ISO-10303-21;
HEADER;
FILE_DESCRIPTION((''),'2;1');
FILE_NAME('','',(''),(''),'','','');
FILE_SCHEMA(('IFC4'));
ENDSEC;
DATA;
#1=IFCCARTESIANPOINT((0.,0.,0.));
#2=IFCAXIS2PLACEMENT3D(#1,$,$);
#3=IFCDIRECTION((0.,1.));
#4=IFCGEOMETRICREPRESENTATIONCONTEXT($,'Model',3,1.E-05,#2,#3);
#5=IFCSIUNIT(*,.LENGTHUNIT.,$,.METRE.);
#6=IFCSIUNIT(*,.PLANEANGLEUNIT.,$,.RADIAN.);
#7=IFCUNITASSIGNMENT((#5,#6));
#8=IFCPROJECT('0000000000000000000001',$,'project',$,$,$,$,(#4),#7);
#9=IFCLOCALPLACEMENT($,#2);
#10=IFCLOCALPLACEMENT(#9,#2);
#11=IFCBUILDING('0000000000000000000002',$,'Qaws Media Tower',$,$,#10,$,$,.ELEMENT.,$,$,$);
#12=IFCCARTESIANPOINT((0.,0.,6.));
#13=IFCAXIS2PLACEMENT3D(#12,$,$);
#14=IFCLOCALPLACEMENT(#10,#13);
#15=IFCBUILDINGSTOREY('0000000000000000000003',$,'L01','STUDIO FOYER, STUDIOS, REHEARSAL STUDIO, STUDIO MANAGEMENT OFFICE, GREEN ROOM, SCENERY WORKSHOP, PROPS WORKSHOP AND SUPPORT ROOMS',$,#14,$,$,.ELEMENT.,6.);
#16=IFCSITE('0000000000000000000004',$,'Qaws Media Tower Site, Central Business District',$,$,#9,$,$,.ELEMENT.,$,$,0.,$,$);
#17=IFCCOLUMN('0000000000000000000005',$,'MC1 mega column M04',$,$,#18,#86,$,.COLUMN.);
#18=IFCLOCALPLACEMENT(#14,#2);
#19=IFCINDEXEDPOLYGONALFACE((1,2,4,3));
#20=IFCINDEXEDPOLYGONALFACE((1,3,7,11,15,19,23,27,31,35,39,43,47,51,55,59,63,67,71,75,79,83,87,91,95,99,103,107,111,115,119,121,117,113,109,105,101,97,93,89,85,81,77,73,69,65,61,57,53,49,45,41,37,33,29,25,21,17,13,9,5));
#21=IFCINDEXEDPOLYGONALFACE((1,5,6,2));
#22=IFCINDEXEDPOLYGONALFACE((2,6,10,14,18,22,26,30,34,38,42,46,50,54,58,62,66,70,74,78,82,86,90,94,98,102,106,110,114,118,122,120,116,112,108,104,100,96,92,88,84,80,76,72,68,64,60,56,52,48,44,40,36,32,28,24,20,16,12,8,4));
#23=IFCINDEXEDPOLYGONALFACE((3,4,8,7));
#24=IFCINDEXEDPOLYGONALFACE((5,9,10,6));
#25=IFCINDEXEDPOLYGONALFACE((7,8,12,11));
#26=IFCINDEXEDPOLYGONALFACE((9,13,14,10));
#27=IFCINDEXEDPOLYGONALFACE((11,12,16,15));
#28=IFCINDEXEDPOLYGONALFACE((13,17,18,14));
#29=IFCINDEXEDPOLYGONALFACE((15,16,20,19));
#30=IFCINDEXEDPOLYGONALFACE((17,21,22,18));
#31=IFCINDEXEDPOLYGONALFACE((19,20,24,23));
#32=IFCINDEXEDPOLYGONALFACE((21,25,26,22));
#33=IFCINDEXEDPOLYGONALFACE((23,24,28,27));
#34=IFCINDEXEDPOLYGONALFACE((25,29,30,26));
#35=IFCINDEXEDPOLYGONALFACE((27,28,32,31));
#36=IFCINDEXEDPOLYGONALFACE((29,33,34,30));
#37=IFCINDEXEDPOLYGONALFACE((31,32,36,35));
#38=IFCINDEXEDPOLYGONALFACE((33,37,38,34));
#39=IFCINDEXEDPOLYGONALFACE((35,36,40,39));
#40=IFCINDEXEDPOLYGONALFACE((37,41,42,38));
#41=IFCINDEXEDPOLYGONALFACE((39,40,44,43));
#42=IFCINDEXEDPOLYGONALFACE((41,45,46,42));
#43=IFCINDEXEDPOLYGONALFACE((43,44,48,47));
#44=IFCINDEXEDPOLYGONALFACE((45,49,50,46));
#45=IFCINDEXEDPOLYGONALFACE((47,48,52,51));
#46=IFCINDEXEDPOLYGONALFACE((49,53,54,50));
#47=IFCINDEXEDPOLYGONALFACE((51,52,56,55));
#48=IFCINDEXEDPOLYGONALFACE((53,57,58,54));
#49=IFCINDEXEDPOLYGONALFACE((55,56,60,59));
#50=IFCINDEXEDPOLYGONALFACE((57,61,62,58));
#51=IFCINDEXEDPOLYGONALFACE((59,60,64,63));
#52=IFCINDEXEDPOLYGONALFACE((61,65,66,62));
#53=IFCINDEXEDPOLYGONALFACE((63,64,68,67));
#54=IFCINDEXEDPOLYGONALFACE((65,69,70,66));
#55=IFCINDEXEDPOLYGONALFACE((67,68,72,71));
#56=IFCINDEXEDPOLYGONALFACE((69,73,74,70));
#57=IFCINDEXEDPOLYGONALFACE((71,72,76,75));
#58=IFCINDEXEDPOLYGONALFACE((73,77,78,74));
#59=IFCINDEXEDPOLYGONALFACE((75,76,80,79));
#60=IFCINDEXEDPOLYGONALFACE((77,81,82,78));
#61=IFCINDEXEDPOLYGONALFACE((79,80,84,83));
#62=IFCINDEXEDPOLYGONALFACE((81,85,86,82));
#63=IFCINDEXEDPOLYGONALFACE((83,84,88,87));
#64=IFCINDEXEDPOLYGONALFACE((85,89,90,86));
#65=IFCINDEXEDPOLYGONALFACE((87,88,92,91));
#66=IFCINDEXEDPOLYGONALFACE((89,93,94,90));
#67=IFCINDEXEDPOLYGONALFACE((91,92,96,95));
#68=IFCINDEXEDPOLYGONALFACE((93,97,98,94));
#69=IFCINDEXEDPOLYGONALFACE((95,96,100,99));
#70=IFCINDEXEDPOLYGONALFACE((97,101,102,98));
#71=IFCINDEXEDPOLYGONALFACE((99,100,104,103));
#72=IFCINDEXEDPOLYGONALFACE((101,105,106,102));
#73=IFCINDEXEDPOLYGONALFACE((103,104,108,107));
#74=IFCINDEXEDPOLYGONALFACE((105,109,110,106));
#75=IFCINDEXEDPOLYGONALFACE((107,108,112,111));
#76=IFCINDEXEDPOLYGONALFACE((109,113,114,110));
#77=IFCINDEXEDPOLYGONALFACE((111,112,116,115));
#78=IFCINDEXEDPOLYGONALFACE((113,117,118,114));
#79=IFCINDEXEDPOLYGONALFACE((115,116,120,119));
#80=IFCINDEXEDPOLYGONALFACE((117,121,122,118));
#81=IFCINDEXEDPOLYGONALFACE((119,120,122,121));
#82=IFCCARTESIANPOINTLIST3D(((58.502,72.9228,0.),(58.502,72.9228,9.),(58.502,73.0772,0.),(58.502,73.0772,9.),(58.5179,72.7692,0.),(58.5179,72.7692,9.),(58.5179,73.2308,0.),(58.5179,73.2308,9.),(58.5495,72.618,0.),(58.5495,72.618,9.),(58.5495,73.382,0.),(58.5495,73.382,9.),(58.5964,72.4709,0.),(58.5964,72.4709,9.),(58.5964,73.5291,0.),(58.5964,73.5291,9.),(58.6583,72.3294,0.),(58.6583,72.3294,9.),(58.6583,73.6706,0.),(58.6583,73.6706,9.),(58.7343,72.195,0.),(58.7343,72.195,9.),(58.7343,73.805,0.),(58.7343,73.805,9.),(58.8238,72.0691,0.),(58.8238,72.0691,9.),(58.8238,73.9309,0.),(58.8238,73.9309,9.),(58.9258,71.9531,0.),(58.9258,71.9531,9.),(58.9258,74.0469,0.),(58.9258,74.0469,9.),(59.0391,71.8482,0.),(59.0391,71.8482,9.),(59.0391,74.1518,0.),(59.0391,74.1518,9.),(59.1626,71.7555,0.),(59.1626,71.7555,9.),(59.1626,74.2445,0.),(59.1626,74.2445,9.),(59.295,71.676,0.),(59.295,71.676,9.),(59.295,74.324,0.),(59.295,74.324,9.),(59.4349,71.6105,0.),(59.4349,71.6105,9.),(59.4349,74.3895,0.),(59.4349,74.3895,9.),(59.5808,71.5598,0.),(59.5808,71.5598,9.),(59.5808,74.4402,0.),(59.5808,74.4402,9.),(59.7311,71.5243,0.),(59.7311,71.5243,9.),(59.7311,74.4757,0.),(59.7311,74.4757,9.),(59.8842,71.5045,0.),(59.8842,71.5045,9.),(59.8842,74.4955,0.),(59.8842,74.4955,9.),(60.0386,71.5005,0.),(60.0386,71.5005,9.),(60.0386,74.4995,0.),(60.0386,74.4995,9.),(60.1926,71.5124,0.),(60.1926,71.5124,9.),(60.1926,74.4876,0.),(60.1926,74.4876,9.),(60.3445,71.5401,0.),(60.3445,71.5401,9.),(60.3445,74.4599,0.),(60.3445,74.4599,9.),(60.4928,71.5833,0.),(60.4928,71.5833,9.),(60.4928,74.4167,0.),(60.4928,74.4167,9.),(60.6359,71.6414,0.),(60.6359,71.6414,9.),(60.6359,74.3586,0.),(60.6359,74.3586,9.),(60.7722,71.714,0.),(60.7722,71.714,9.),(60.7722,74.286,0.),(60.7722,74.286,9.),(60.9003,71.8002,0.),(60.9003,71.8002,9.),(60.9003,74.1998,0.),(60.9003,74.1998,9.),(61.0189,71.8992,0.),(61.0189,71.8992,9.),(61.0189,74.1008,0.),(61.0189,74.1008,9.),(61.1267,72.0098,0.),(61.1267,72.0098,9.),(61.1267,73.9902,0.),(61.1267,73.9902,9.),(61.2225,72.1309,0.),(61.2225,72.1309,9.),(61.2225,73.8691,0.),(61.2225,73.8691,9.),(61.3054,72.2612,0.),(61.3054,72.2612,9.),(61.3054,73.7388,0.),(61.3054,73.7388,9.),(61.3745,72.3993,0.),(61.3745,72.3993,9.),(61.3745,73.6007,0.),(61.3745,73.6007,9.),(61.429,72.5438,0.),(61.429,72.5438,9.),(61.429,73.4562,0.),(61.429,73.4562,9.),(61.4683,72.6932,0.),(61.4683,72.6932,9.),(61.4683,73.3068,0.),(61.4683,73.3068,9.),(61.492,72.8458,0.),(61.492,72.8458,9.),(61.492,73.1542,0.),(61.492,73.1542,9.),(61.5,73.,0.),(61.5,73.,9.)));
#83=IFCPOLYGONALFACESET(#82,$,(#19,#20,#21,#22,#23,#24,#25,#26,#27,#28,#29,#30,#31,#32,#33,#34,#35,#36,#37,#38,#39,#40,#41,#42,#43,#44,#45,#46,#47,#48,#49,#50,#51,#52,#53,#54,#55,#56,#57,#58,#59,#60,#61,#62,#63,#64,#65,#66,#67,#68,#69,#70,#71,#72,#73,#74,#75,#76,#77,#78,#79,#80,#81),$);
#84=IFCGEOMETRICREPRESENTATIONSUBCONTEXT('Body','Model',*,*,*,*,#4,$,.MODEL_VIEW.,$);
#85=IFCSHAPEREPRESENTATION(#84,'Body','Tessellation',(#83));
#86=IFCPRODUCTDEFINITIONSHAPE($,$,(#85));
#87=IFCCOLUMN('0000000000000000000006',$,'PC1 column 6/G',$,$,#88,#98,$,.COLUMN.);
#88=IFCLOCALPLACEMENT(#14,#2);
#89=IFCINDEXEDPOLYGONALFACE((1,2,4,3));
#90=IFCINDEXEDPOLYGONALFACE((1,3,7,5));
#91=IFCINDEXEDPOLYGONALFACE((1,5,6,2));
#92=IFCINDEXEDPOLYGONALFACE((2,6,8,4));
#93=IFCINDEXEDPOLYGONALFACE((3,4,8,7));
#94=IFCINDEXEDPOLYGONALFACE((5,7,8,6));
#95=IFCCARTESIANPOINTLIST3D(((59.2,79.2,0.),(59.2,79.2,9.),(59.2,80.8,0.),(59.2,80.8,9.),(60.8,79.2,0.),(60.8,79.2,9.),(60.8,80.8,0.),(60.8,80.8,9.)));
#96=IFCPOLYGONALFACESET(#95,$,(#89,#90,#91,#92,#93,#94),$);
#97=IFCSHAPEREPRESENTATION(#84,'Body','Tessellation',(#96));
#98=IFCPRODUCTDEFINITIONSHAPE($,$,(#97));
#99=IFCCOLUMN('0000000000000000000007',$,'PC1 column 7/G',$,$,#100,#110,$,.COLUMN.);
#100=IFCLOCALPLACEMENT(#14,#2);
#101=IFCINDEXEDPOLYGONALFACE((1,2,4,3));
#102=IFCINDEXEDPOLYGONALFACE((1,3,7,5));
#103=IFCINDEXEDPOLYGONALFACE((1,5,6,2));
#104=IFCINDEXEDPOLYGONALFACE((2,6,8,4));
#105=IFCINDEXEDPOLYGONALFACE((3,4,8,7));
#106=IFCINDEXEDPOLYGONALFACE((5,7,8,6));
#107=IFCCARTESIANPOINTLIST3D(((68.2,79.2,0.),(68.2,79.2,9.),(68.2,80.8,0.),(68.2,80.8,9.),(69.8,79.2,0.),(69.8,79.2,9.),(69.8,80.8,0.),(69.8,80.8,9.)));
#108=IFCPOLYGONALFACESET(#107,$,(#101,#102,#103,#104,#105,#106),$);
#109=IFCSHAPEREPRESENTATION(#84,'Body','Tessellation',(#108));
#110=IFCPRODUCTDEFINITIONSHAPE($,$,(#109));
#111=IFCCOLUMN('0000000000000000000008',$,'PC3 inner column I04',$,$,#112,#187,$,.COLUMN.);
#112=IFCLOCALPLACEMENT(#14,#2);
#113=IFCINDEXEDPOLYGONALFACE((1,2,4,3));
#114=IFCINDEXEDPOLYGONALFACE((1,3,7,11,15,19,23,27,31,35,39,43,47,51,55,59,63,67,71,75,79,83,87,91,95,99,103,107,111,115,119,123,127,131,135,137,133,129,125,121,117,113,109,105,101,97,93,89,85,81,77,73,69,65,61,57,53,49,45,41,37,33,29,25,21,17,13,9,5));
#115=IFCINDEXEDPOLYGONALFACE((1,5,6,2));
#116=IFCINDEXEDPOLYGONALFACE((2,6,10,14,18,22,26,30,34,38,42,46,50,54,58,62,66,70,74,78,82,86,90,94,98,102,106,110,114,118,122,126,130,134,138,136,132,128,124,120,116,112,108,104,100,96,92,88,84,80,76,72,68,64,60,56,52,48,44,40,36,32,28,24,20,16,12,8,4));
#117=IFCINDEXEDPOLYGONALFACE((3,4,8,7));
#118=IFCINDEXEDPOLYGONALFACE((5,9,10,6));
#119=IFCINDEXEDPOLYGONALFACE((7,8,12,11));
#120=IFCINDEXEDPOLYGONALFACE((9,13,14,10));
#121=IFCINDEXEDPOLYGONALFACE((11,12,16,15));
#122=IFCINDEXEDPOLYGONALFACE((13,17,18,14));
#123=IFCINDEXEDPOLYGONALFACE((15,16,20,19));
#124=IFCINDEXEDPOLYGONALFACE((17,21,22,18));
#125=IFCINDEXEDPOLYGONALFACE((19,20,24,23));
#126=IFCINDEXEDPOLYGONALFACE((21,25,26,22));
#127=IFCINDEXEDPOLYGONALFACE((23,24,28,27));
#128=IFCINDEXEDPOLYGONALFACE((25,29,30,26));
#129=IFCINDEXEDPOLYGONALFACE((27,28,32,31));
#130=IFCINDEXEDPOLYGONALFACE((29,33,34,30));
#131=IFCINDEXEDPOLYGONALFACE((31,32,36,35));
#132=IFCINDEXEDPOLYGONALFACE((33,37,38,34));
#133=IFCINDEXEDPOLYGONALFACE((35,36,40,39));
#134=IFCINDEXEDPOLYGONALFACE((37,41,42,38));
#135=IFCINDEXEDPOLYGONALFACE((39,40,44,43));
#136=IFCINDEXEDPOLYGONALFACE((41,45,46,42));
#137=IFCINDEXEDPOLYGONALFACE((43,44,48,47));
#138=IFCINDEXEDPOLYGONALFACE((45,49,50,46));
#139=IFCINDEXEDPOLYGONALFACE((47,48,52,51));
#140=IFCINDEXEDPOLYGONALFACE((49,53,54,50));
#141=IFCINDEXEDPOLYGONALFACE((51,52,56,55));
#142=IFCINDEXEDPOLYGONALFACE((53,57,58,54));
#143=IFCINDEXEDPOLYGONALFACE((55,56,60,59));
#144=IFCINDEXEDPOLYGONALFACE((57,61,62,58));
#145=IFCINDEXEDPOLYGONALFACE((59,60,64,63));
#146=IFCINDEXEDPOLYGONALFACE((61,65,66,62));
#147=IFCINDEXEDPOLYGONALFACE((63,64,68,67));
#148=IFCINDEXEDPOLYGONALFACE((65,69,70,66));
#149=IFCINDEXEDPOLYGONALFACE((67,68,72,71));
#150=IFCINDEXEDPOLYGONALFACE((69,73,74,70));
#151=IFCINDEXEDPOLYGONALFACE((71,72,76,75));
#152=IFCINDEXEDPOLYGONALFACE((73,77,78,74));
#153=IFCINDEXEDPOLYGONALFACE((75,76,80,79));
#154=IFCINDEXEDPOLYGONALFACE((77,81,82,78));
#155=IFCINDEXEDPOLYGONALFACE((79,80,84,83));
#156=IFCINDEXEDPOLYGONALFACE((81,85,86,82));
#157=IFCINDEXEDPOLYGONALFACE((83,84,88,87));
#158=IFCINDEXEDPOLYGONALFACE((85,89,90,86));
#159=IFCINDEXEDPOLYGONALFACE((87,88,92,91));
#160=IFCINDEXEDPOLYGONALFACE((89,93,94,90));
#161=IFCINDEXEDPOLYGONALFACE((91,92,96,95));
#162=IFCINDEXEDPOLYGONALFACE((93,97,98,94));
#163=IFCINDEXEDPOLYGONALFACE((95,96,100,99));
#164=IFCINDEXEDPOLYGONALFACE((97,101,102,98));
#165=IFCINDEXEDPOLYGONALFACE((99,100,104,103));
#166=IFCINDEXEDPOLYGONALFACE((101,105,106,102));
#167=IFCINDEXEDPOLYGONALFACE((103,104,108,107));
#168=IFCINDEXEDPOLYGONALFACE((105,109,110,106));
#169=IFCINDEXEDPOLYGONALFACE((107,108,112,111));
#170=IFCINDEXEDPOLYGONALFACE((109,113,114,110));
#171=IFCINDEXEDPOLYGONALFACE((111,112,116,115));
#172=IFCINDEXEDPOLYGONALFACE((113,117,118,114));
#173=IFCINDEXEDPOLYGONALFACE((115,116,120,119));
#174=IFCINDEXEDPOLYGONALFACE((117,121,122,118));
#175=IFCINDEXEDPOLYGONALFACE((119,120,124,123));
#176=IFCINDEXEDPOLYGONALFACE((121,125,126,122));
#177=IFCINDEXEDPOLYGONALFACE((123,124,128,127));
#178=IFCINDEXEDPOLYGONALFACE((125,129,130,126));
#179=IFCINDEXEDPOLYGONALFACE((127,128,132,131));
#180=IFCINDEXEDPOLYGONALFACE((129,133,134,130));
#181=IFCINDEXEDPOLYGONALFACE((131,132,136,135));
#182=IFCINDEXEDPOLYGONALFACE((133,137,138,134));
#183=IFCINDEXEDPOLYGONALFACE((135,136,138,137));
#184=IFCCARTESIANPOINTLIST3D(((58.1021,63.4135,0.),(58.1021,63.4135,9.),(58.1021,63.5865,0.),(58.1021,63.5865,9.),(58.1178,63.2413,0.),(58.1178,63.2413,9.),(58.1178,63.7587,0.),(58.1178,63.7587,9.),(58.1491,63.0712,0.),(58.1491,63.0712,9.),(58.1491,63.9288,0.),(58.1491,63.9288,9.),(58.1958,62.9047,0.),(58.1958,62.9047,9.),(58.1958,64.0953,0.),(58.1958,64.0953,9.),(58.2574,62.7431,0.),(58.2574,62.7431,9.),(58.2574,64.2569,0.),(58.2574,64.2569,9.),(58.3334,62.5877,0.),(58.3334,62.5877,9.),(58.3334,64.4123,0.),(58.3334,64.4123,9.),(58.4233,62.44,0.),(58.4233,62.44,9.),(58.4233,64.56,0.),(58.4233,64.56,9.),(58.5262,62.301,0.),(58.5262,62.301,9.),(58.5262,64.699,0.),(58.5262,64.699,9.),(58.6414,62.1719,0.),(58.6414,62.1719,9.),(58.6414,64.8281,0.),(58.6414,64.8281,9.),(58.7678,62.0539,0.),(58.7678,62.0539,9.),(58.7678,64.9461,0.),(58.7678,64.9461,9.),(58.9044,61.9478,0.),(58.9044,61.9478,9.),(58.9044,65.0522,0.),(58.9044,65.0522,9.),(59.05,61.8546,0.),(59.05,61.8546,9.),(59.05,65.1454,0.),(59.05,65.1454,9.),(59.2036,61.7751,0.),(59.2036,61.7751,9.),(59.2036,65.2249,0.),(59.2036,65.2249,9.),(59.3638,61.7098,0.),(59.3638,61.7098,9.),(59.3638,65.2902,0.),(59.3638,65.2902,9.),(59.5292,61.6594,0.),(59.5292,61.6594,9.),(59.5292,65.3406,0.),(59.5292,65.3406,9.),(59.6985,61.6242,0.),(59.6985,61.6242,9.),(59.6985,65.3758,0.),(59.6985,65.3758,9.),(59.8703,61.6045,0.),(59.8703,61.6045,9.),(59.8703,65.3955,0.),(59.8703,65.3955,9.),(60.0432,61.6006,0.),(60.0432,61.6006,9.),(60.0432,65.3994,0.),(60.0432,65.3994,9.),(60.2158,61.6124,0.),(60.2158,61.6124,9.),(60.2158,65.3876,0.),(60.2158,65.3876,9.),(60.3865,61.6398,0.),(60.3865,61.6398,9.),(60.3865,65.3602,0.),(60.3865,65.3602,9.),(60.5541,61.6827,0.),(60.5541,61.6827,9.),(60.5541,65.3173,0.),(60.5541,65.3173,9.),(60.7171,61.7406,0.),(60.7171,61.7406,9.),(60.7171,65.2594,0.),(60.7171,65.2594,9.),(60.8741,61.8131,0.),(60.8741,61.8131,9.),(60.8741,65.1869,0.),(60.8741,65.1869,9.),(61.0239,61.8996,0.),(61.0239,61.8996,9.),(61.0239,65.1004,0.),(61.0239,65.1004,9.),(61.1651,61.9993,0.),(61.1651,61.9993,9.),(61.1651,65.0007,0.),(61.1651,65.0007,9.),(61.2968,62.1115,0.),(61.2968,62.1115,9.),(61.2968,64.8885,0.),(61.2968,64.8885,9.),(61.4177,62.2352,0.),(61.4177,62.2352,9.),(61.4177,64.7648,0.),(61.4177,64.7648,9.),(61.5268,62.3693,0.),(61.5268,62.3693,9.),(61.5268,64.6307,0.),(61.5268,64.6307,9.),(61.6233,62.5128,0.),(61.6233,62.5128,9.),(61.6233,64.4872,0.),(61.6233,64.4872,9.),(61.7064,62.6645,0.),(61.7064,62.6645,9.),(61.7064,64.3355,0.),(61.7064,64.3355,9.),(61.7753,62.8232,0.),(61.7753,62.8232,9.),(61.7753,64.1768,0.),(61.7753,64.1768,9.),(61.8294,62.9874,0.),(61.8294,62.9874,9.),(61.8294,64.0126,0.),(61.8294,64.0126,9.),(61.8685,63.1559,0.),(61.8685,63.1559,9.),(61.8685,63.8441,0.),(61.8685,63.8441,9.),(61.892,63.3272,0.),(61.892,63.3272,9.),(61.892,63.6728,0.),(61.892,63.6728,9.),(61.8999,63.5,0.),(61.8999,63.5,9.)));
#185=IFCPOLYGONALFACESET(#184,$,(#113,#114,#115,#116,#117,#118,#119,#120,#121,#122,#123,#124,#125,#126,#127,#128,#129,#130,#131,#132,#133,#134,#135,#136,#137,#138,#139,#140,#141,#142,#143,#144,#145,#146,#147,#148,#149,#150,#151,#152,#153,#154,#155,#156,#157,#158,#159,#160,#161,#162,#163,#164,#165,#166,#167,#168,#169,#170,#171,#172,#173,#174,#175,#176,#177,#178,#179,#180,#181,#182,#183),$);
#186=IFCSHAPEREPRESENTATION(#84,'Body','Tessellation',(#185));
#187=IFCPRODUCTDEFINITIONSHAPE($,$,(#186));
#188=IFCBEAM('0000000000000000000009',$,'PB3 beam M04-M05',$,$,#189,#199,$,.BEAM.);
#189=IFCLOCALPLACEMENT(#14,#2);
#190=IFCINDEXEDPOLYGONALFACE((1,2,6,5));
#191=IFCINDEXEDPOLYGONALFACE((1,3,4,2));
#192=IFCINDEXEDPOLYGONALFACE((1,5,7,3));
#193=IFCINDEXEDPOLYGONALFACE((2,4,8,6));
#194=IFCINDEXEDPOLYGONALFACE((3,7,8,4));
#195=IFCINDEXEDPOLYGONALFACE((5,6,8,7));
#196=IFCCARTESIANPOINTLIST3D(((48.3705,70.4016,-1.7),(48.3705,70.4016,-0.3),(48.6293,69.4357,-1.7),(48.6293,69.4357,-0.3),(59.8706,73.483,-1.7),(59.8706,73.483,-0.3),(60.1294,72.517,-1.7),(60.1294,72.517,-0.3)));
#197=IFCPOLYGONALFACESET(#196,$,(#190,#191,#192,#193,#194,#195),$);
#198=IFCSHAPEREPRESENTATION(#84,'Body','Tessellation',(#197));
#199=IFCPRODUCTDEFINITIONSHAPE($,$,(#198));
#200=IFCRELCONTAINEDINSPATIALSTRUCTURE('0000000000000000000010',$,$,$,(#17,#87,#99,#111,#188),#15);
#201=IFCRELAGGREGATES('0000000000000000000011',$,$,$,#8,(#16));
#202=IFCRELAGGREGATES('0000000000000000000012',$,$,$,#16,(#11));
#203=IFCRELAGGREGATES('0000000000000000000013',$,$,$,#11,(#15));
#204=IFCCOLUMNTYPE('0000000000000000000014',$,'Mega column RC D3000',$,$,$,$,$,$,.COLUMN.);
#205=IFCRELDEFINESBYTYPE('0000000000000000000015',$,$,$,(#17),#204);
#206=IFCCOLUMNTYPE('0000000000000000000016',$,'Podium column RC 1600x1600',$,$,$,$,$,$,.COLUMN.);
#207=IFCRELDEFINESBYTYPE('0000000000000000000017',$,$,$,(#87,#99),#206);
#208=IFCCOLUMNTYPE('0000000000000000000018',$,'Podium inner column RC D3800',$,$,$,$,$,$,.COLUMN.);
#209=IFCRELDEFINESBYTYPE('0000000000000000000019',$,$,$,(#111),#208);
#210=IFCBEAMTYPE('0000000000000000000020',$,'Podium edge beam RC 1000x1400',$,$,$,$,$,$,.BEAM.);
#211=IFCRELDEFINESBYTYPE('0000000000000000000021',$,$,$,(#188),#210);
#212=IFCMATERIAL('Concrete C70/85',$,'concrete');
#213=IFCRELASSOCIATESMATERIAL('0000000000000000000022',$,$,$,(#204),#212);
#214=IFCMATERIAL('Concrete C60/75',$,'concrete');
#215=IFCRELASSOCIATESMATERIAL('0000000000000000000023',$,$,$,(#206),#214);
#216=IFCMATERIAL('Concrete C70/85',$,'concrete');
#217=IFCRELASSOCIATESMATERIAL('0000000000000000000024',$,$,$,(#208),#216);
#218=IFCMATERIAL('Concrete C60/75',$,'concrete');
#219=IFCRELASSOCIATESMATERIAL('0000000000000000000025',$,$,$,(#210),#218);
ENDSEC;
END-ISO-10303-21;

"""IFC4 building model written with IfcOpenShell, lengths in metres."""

from ifc_helpers import new_model, si_unit, direction, frame, origin, origin_2d, place, context, subcontext, project, spatial, rectangle, circle, extrude, material, material_profile, profile_set, type_object, element, save


model = new_model("IFC4")

# Units and contexts
model_context = context("Model", 3, precision=1e-05, world=origin(), true_north=direction((0.0, 1.0)))
body_context = subcontext(model_context, "Body", "Model", "MODEL_VIEW")
ifc_project = project(units=[si_unit("LENGTHUNIT", "METRE"), si_unit("PLANEANGLEUNIT", "RADIAN")], contexts=[model_context])

# Site, building, storey
site_placement = place(None, origin())
site = spatial("IfcSite", under=ifc_project, at=site_placement, Name="Qaws Media Tower Site, Central Business District", CompositionType="ELEMENT", RefElevation=0.0)
building_placement = place(site_placement, origin())
building = spatial("IfcBuilding", under=site, at=building_placement, Name="Qaws Media Tower", CompositionType="ELEMENT")
storey_placement = place(building_placement, frame((0.0, 0.0, 6.0)))
storey = spatial("IfcBuildingStorey", under=building, at=storey_placement, Name="L01", Description="STUDIO FOYER, STUDIOS, REHEARSAL STUDIO, STUDIO MANAGEMENT OFFICE, GREEN ROOM, SCENERY WORKSHOP, PROPS WORKSHOP AND SUPPORT ROOMS", CompositionType="ELEMENT", Elevation=6.0)

# Columns
ifc_material_1 = material(Name="Concrete C70/85", Category="concrete")
ifc_material_profile_1 = material_profile(ifc_material_1, circle(Radius=1.5, at=origin_2d()), Name="RC D3000")
ifc_profile_set_1 = profile_set([ifc_material_profile_1], Name="Concrete C70/85")
column_type_1 = type_object("IfcColumnType", Name="Mega column RC D3000", PredefinedType="COLUMN", material=ifc_profile_set_1)
column_1_placement = place(storey_placement, frame((60.0, 73.0, 0.0), z_axis=(0.0, 0.0, 1.0), x_axis=(1.0, 0.0, 0.0)))
element("IfcColumn", 1, at=column_1_placement, inside=storey, type_object=column_type_1, Name="MC1 mega column M04", PredefinedType="COLUMN", context=body_context, shape_type="SweptSolid", body=[
    extrude(circle(Radius=1.5, at=origin_2d()), origin(), (0.0, 0.0, 1.0), 9.0),
])
ifc_material_2 = material(Name="Concrete C60/75", Category="concrete")
ifc_material_profile_2 = material_profile(ifc_material_2, rectangle(XDim=1.6001, YDim=1.6001, at=origin_2d()), Name="RC 1600x1600")
ifc_profile_set_2 = profile_set([ifc_material_profile_2], Name="Concrete C60/75")
column_type_2 = type_object("IfcColumnType", Name="Podium column RC 1600x1600", PredefinedType="COLUMN", material=ifc_profile_set_2)
for number, where, z_axis, x_axis, name in (
    (2, (60.0, 80.0, 0.0), (0.0, 0.0, 1.0), (1.0, 0.0, 0.0), "PC1 column 6/G"),
    (3, (69.0, 80.0, 0.0), (0.0, 0.0, 1.0), (1.0, 0.0, 0.0), "PC1 column 7/G"),
):
    element("IfcColumn", number, at=place(storey_placement, frame(where, z_axis=z_axis, x_axis=x_axis)), inside=storey, type_object=column_type_2, Name=name, PredefinedType="COLUMN", context=body_context, shape_type="SweptSolid", body=[
        extrude(rectangle(XDim=1.6001, YDim=1.6001, at=origin_2d()), origin(), (0.0, 0.0, 1.0), 9.0),
    ])
ifc_material_3 = material(Name="Concrete C70/85", Category="concrete")
ifc_material_profile_3 = material_profile(ifc_material_3, circle(Radius=1.8999, at=origin_2d()), Name="RC D3800")
ifc_profile_set_3 = profile_set([ifc_material_profile_3], Name="Concrete C70/85")
column_type_3 = type_object("IfcColumnType", Name="Podium inner column RC D3800", PredefinedType="COLUMN", material=ifc_profile_set_3)
column_2_placement = place(storey_placement, frame((60.0, 63.5, 0.0), z_axis=(0.0, 0.0, 1.0), x_axis=(1.0, 0.0, 0.0)))
element("IfcColumn", 4, at=column_2_placement, inside=storey, type_object=column_type_3, Name="PC3 inner column I04", PredefinedType="COLUMN", context=body_context, shape_type="SweptSolid", body=[
    extrude(circle(Radius=1.8999, at=origin_2d()), origin(), (0.0, 0.0, 1.0), 9.0),
])

# Beam
ifc_material_4 = material(Name="Concrete C60/75", Category="concrete")
ifc_material_profile_4 = material_profile(ifc_material_4, rectangle(XDim=1.0, YDim=1.3999, at=origin_2d()), Name="RC 1000x1400")
ifc_profile_set_4 = profile_set([ifc_material_profile_4], Name="Concrete C60/75")
beam_type_1 = type_object("IfcBeamType", Name="Podium edge beam RC 1000x1400", PredefinedType="BEAM", material=ifc_profile_set_4)
beam_1_placement = place(storey_placement, frame((60.0, 73.0, -1.0), z_axis=(-0.965928, -0.25881, 0.0), x_axis=(0.25881, -0.965928, 0.0)))
element("IfcBeam", 5, at=beam_1_placement, inside=storey, type_object=beam_type_1, Name="PB3 beam M04-M05", PredefinedType="BEAM", context=body_context, shape_type="SweptSolid", body=[
    extrude(rectangle(XDim=1.0, YDim=1.3999, at=origin_2d()), origin(), (0.0, 0.0, 1.0), 11.9058),
])

save(model, "model.ifc")
